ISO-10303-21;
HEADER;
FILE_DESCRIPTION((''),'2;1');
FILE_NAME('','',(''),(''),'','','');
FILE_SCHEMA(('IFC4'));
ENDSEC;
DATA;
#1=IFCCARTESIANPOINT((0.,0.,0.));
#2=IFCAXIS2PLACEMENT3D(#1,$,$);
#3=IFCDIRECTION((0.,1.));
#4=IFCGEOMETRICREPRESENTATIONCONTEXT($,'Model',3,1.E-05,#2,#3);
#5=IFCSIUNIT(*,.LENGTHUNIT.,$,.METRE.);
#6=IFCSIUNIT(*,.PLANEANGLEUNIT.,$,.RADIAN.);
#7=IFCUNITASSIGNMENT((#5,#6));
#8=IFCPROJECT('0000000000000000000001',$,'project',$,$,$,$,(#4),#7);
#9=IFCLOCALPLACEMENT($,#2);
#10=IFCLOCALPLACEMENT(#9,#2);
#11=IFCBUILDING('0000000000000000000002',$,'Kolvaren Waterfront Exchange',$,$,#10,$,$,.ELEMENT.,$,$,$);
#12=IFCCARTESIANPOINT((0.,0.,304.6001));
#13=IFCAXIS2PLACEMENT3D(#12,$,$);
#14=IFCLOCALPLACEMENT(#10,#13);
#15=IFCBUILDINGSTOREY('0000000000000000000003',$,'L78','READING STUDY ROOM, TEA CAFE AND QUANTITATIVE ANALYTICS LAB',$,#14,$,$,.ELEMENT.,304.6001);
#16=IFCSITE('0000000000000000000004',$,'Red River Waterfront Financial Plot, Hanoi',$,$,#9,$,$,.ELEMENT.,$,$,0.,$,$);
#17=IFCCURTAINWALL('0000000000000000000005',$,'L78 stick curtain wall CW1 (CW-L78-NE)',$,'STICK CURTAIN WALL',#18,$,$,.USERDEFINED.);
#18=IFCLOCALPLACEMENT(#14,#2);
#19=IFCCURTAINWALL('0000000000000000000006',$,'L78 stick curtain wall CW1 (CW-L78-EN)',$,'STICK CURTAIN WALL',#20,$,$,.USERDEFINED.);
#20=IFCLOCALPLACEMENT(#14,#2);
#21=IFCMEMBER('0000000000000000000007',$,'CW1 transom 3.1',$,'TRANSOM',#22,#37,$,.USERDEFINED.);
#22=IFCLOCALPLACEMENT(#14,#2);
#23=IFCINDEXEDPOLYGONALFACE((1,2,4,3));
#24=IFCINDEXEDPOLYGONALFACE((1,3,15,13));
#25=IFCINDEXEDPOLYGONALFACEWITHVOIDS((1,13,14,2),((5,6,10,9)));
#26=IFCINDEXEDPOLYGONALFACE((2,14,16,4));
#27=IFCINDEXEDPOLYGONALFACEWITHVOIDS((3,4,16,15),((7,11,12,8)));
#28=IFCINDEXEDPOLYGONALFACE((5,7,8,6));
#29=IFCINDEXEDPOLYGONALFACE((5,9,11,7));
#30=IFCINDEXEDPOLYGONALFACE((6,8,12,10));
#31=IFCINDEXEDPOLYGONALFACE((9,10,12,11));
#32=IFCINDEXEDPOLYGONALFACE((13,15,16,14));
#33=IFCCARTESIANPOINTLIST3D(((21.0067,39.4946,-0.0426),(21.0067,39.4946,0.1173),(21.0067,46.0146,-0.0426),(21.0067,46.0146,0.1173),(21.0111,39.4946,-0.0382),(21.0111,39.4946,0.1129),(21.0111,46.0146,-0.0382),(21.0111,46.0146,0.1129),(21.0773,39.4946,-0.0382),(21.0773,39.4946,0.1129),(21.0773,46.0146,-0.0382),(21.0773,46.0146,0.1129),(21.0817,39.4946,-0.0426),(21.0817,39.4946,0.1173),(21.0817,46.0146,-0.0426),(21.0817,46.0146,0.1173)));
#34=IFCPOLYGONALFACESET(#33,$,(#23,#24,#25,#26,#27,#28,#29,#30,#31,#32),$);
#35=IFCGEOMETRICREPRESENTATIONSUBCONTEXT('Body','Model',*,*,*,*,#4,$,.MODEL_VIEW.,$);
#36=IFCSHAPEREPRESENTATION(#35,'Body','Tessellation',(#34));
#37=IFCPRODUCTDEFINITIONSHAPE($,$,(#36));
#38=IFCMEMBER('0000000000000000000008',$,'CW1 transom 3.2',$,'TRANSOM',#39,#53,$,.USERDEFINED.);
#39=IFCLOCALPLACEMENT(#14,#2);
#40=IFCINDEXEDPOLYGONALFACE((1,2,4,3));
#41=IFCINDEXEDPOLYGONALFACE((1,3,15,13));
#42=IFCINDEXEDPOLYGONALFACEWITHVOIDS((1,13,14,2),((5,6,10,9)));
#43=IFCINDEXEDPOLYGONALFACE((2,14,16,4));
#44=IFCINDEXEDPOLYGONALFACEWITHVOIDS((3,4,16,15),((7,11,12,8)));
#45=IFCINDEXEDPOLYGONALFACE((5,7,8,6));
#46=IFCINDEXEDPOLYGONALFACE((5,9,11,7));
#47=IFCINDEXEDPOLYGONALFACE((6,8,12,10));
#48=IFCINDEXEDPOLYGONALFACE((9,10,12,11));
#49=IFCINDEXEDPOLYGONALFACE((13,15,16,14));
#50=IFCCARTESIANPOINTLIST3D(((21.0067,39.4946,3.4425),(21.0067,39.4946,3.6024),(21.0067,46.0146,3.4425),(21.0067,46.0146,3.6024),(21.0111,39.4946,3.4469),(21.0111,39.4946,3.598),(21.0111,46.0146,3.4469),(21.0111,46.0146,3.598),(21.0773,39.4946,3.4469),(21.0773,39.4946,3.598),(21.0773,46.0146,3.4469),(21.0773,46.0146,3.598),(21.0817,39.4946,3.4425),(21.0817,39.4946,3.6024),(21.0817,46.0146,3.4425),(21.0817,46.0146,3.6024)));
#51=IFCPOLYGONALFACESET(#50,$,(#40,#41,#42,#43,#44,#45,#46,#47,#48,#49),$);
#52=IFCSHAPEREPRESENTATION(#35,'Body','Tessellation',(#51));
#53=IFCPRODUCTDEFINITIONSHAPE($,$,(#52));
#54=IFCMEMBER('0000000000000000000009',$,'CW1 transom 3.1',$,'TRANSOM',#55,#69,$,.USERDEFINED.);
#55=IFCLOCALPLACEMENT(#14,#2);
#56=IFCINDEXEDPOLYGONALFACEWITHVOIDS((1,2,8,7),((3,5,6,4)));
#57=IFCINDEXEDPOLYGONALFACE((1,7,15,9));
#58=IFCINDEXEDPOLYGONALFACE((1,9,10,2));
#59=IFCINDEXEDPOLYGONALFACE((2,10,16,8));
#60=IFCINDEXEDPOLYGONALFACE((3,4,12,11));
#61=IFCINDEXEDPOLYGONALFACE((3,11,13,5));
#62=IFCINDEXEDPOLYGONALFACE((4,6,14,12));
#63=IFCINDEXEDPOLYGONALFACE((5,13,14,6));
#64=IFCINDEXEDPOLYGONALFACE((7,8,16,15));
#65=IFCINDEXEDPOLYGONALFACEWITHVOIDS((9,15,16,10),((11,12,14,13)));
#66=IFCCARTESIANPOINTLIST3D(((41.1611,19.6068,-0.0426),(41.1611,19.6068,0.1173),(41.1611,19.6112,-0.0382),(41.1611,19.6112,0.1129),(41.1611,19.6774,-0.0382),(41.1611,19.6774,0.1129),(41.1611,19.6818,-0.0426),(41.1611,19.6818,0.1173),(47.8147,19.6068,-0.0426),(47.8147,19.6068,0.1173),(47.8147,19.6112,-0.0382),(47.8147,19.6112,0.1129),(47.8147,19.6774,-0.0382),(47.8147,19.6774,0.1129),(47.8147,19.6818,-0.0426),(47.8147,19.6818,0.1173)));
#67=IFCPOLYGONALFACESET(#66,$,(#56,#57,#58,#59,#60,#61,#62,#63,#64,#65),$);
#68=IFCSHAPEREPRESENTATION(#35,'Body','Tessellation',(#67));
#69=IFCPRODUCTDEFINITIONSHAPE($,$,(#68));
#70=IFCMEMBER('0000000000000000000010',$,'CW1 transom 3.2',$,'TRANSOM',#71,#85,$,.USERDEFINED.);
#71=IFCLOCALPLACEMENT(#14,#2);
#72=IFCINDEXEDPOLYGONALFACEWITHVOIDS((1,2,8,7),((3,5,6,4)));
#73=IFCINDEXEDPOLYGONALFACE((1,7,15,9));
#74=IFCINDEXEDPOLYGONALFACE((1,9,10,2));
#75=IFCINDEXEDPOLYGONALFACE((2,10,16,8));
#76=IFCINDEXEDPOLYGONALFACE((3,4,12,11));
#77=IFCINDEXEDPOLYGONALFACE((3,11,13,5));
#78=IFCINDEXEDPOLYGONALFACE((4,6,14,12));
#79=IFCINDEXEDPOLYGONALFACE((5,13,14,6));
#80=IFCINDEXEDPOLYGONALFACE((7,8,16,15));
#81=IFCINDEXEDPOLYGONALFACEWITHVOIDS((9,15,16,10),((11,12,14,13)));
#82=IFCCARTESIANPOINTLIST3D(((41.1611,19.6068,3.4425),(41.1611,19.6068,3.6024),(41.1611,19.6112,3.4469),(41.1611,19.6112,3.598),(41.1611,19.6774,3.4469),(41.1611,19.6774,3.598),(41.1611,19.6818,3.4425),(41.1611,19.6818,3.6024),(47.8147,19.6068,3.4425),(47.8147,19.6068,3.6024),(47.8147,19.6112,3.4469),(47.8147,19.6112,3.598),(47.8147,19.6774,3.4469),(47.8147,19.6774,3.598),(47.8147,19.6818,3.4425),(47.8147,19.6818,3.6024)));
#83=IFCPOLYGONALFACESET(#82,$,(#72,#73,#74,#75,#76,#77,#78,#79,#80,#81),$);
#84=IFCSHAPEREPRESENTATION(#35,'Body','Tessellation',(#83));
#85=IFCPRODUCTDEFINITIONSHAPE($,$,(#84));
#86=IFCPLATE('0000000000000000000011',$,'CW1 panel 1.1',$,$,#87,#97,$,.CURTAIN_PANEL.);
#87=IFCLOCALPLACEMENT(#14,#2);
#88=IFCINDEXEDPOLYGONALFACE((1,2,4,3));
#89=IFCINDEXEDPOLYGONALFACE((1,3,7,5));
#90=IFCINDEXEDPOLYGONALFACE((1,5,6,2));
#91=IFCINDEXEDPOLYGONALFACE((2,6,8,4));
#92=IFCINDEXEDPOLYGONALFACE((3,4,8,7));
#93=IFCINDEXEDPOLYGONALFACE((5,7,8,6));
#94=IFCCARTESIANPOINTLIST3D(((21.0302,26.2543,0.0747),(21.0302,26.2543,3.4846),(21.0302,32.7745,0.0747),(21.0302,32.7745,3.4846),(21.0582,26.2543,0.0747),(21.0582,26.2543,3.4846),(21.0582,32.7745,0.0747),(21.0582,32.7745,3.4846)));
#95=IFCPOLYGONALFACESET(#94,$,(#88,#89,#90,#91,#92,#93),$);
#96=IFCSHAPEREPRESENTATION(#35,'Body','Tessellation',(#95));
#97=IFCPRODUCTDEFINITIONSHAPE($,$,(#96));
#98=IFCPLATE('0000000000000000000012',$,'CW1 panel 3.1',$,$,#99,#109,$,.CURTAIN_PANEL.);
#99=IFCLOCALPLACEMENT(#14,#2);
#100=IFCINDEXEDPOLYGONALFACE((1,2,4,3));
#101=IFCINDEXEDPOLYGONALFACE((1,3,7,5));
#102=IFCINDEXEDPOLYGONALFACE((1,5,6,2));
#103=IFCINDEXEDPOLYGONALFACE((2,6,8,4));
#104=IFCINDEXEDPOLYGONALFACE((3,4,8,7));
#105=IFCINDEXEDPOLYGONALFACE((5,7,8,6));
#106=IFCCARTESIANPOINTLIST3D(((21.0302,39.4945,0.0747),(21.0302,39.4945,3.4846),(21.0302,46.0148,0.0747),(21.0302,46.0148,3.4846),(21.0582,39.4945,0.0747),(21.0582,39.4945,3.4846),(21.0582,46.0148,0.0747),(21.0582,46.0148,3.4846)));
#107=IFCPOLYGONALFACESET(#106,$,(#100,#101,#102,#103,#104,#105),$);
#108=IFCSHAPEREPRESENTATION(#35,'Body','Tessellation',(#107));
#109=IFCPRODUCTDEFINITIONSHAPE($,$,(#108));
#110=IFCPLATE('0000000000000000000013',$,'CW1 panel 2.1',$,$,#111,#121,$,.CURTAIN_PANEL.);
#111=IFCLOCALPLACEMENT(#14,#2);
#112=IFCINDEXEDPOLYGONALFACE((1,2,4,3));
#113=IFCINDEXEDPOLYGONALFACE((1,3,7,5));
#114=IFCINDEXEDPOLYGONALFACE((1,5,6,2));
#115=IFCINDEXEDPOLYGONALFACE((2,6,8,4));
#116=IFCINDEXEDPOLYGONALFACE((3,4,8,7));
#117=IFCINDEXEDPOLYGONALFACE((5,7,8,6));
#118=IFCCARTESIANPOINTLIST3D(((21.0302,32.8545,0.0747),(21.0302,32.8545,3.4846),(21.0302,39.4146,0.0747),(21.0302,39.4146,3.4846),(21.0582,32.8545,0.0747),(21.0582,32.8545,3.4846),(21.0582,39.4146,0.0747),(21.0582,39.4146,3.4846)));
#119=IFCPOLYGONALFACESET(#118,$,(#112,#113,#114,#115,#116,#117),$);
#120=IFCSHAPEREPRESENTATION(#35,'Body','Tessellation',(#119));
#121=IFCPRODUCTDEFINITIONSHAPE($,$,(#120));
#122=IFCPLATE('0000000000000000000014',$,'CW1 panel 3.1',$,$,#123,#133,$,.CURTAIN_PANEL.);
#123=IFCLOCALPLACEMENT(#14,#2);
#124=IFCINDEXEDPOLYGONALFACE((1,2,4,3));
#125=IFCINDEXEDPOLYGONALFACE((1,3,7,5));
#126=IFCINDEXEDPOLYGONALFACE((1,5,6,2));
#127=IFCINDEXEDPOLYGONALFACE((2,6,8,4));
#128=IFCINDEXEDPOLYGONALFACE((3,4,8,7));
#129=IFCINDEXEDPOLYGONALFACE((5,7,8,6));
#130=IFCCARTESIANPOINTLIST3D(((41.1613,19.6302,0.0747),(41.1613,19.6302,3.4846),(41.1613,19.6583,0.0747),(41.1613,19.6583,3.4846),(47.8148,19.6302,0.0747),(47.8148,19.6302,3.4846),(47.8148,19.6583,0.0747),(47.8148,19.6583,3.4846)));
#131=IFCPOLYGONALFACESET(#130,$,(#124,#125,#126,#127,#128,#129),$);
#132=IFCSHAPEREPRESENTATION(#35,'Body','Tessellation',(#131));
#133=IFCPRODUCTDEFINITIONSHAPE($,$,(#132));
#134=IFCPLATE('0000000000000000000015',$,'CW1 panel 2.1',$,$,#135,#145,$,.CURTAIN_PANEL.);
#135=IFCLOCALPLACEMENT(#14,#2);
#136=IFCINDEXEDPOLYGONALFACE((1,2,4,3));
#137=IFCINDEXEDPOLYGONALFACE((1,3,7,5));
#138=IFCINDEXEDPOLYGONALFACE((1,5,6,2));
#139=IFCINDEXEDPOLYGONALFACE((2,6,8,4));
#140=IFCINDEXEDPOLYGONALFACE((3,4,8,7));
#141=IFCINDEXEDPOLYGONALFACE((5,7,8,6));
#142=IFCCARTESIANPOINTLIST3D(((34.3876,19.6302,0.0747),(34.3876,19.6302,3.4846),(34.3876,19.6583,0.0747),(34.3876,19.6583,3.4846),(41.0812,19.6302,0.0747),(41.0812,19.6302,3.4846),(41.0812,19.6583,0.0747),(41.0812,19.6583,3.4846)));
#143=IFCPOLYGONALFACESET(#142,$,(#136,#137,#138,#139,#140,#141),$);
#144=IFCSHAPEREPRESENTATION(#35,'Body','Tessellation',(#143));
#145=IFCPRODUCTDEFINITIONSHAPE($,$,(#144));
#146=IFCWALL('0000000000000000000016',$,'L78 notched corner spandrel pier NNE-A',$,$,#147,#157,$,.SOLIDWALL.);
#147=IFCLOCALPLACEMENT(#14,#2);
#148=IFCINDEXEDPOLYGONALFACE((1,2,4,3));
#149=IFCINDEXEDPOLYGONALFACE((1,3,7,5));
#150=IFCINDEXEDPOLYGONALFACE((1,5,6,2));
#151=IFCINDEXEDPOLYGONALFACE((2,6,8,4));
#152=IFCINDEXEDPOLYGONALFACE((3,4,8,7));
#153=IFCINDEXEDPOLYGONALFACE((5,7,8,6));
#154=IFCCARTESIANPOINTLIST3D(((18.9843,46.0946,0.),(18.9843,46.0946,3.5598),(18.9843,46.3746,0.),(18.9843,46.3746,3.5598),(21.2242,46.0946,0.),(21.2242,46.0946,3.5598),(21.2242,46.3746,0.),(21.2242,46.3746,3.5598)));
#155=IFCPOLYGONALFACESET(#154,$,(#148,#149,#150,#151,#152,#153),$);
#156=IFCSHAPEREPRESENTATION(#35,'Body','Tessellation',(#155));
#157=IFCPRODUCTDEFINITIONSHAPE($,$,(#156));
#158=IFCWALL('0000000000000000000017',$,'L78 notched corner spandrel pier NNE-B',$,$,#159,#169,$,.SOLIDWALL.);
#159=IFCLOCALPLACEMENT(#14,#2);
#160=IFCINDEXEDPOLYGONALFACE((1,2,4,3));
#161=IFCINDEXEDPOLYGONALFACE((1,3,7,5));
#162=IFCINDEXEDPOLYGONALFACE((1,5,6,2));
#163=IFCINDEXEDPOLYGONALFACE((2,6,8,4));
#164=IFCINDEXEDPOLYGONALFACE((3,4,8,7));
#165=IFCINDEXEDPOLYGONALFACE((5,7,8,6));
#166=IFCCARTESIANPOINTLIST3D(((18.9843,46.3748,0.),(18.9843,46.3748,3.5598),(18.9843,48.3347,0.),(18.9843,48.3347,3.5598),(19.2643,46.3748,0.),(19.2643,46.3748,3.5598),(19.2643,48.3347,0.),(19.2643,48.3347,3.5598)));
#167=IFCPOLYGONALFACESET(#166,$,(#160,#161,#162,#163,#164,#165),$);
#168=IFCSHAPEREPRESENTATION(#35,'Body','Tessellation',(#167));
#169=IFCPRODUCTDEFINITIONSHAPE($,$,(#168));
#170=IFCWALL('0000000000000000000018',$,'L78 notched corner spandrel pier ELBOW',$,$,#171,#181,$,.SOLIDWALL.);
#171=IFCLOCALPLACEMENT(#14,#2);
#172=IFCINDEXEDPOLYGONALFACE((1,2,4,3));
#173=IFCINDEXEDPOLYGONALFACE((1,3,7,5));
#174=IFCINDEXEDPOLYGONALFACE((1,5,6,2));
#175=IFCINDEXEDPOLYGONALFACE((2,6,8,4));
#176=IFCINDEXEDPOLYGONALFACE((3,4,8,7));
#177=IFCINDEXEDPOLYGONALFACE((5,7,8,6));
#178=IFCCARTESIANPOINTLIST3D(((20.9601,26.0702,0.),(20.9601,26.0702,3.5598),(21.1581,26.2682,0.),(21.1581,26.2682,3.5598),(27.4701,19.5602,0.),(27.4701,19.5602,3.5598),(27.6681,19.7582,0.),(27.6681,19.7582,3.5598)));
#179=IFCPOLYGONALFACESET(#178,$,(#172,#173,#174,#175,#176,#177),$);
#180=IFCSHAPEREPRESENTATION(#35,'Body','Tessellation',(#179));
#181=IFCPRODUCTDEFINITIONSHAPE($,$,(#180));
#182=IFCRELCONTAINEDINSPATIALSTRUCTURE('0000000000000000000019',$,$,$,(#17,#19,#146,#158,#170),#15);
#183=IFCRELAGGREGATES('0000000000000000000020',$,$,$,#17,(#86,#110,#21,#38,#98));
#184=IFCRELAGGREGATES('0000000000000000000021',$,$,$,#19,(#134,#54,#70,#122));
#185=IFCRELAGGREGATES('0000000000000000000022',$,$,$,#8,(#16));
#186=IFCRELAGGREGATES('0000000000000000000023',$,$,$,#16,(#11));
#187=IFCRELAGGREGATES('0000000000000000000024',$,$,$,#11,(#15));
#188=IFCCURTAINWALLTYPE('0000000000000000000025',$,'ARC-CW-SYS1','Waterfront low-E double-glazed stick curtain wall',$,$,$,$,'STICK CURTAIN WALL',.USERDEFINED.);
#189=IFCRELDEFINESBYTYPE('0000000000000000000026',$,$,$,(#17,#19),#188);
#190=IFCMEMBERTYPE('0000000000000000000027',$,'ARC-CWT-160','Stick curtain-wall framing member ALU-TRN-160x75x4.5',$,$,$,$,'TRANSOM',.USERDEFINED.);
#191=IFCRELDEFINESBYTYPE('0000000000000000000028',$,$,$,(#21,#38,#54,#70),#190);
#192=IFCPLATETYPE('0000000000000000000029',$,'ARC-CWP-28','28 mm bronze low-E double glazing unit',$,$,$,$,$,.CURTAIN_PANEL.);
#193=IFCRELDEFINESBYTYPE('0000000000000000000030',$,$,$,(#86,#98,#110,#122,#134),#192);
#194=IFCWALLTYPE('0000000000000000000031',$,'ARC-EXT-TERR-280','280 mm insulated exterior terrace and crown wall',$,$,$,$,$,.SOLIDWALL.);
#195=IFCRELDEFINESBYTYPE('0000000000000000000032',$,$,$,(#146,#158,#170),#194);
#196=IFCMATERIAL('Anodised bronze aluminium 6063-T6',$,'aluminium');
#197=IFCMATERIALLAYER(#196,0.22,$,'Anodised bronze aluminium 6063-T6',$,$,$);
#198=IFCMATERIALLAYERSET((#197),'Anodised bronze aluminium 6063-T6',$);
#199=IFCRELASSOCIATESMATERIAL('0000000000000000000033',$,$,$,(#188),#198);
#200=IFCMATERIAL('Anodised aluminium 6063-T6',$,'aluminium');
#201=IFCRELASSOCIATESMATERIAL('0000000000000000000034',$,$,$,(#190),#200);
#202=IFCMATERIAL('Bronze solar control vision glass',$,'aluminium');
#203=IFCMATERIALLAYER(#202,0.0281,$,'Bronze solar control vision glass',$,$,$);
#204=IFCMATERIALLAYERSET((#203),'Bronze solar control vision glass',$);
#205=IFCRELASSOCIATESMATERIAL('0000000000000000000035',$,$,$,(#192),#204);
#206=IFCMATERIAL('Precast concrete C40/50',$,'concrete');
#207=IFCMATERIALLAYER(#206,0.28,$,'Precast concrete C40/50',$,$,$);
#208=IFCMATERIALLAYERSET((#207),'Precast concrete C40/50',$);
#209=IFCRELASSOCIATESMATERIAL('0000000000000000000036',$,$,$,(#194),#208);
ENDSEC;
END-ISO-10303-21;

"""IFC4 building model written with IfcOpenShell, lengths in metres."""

from ifc_helpers import new_model, si_unit, direction, frame, frame_2d, origin, origin_with_axes, origin_2d, place, context, subcontext, project, spatial, rectangle, hollow_rectangle, extrude, source, transform, mapped, material, layer, layer_set, material_profile, profile_set, type_object, element, aggregate, save


model = new_model("IFC4")

# Units and contexts
model_context = context("Model", 3, precision=1e-05, world=origin(), true_north=direction((0.0, 1.0)))
body_context = subcontext(model_context, "Body", "Model", "MODEL_VIEW")
ifc_project = project(units=[si_unit("LENGTHUNIT", "METRE"), si_unit("PLANEANGLEUNIT", "RADIAN")], contexts=[model_context])

# Site, building, storey
site_placement = place(None, origin())
site = spatial("IfcSite", under=ifc_project, at=site_placement, Name="Red River Waterfront Financial Plot, Hanoi", CompositionType="ELEMENT", RefElevation=0.0)
building_placement = place(site_placement, origin())
building = spatial("IfcBuilding", under=site, at=building_placement, Name="Kolvaren Waterfront Exchange", CompositionType="ELEMENT")
storey_placement = place(building_placement, frame((0.0, 0.0, 304.6001)))
storey = spatial("IfcBuildingStorey", under=building, at=storey_placement, Name="L78", Description="READING STUDY ROOM, TEA CAFE AND QUANTITATIVE ANALYTICS LAB", CompositionType="ELEMENT", Elevation=304.6001)

# Curtain walls
ifc_material_1 = material(Name="Anodised bronze aluminium 6063-T6", Category="aluminium")
ifc_layer_1 = layer(ifc_material_1, 0.22, Name="Anodised bronze aluminium 6063-T6")
ifc_layer_set_1 = layer_set([ifc_layer_1], Name="Anodised bronze aluminium 6063-T6")
curtain_wall_type = type_object("IfcCurtainWallType", Name="ARC-CW-SYS1", Description="Waterfront low-E double-glazed stick curtain wall", ElementType="STICK CURTAIN WALL", PredefinedType="USERDEFINED", material=ifc_layer_set_1)
curtain_wall_1_placement = place(storey_placement, origin())
curtain_wall_1 = element("IfcCurtainWall", 1, at=curtain_wall_1_placement, inside=storey, type_object=curtain_wall_type, Name="L78 stick curtain wall CW1 (CW-L78-NE)", ObjectType="STICK CURTAIN WALL", PredefinedType="USERDEFINED")
ifc_material_2 = material(Name="Anodised aluminium 6063-T6", Category="aluminium")
curtain_wall_2_placement = place(storey_placement, origin())
curtain_wall_2 = element("IfcCurtainWall", 2, at=curtain_wall_2_placement, inside=storey, type_object=curtain_wall_type, Name="L78 stick curtain wall CW1 (CW-L78-EN)", ObjectType="STICK CURTAIN WALL", PredefinedType="USERDEFINED")

# Members
ifc_material_profile_1 = material_profile(ifc_material_2, hollow_rectangle(XDim=0.075, YDim=0.1599, WallThickness=0.0044, at=origin_2d()), Name="ALU-TRN-160x75x4.5")
ifc_profile_set_1 = profile_set([ifc_material_profile_1], Name="Anodised aluminium 6063-T6")
member_type_1 = type_object("IfcMemberType", Name="ARC-CWT-160", Description="Stick curtain-wall framing member ALU-TRN-160x75x4.5", ElementType="TRANSOM", PredefinedType="USERDEFINED", material=ifc_profile_set_1)
shared_shape_1 = source(origin_with_axes(), body_context, "Body", "SweptSolid", [
    extrude(hollow_rectangle(XDim=0.075, YDim=0.1599, WallThickness=0.0044, at=origin_2d()), origin(), (0.0, 0.0, 1.0), 6.52),
])
member_1_placement = place(storey_placement, frame((21.0442, 39.4946, 0.0374), z_axis=(0.0, 1.0, 0.0), x_axis=(-1.0, 0.0, 0.0)))
member_1 = element("IfcMember", 3, at=member_1_placement, type_object=member_type_1, Name="CW1 transom 3.1", ObjectType="TRANSOM", PredefinedType="USERDEFINED", context=body_context, shape_type="MappedRepresentation", body=[
    mapped(shared_shape_1, transform((0.0, 0.0, 0.0), x_axis=(1.0, 0.0, 0.0), y_axis=(0.0, 1.0, 0.0), z_axis=(0.0, 0.0, 1.0), scale=1.0)),
])
member_2_placement = place(storey_placement, frame((21.0442, 39.4946, 3.5225), z_axis=(0.0, 1.0, 0.0), x_axis=(-1.0, 0.0, 0.0)))
member_2 = element("IfcMember", 4, at=member_2_placement, type_object=member_type_1, Name="CW1 transom 3.2", ObjectType="TRANSOM", PredefinedType="USERDEFINED", context=body_context, shape_type="MappedRepresentation", body=[
    mapped(shared_shape_1, transform((0.0, 0.0, 0.0), x_axis=(1.0, 0.0, 0.0), y_axis=(0.0, 1.0, 0.0), z_axis=(0.0, 0.0, 1.0), scale=1.0)),
])
shared_shape_2 = source(origin_with_axes(), body_context, "Body", "SweptSolid", [
    extrude(hollow_rectangle(XDim=0.075, YDim=0.1599, WallThickness=0.0044, at=origin_2d()), origin(), (0.0, 0.0, 1.0), 6.6536),
])
member_3_placement = place(storey_placement, frame((41.1611, 19.6443, 0.0374), z_axis=(1.0, 0.0, 0.0), x_axis=(0.0, 1.0, 0.0)))
member_3 = element("IfcMember", 5, at=member_3_placement, type_object=member_type_1, Name="CW1 transom 3.1", ObjectType="TRANSOM", PredefinedType="USERDEFINED", context=body_context, shape_type="MappedRepresentation", body=[
    mapped(shared_shape_2, transform((0.0, 0.0, 0.0), x_axis=(1.0, 0.0, 0.0), y_axis=(0.0, 1.0, 0.0), z_axis=(0.0, 0.0, 1.0), scale=1.0)),
])
member_4_placement = place(storey_placement, frame((41.1611, 19.6443, 3.5225), z_axis=(1.0, 0.0, 0.0), x_axis=(0.0, 1.0, 0.0)))
member_4 = element("IfcMember", 6, at=member_4_placement, type_object=member_type_1, Name="CW1 transom 3.2", ObjectType="TRANSOM", PredefinedType="USERDEFINED", context=body_context, shape_type="MappedRepresentation", body=[
    mapped(shared_shape_2, transform((0.0, 0.0, 0.0), x_axis=(1.0, 0.0, 0.0), y_axis=(0.0, 1.0, 0.0), z_axis=(0.0, 0.0, 1.0), scale=1.0)),
])

# Plates
ifc_material_3 = material(Name="Bronze solar control vision glass", Category="aluminium")
ifc_layer_2 = layer(ifc_material_3, 0.0281, Name="Bronze solar control vision glass")
ifc_layer_set_2 = layer_set([ifc_layer_2], Name="Bronze solar control vision glass")
plate_type = type_object("IfcPlateType", Name="ARC-CWP-28", Description="28 mm bronze low-E double glazing unit", PredefinedType="CURTAIN_PANEL", material=ifc_layer_set_2)
shared_shape_3 = source(origin_with_axes(), body_context, "Body", "SweptSolid", [
    extrude(rectangle(XDim=6.5203, YDim=0.0281, at=origin_2d()), origin(), (0.0, 0.0, 1.0), 3.4099),
])
plate_1_placement = place(storey_placement, frame((21.0442, 29.5144, 0.0747), z_axis=(0.0, 0.0, 1.0), x_axis=(0.0, 1.0, 0.0)))
plate_1 = element("IfcPlate", 7, at=plate_1_placement, type_object=plate_type, Name="CW1 panel 1.1", PredefinedType="CURTAIN_PANEL", context=body_context, shape_type="MappedRepresentation", body=[
    mapped(shared_shape_3, transform((0.0, 0.0, 0.0), x_axis=(1.0, 0.0, 0.0), y_axis=(0.0, 1.0, 0.0), z_axis=(0.0, 0.0, 1.0), scale=1.0)),
])
plate_2_placement = place(storey_placement, frame((21.0442, 42.7546, 0.0747), z_axis=(0.0, 0.0, 1.0), x_axis=(0.0, 1.0, 0.0)))
plate_2 = element("IfcPlate", 8, at=plate_2_placement, type_object=plate_type, Name="CW1 panel 3.1", PredefinedType="CURTAIN_PANEL", context=body_context, shape_type="MappedRepresentation", body=[
    mapped(shared_shape_3, transform((0.0, 0.0, 0.0), x_axis=(1.0, 0.0, 0.0), y_axis=(0.0, 1.0, 0.0), z_axis=(0.0, 0.0, 1.0), scale=1.0)),
])
shared_shape_4 = source(origin_with_axes(), body_context, "Body", "SweptSolid", [
    extrude(rectangle(XDim=6.5601, YDim=0.0281, at=origin_2d()), origin(), (0.0, 0.0, 1.0), 3.4099),
])
plate_3_placement = place(storey_placement, frame((21.0442, 36.1345, 0.0747), z_axis=(0.0, 0.0, 1.0), x_axis=(0.0, 1.0, 0.0)))
plate_3 = element("IfcPlate", 9, at=plate_3_placement, type_object=plate_type, Name="CW1 panel 2.1", PredefinedType="CURTAIN_PANEL", context=body_context, shape_type="MappedRepresentation", body=[
    mapped(shared_shape_4, transform((0.0, 0.0, 0.0), x_axis=(1.0, 0.0, 0.0), y_axis=(0.0, 1.0, 0.0), z_axis=(0.0, 0.0, 1.0), scale=1.0)),
])
aggregate(curtain_wall_1, [plate_1, plate_3, member_1, member_2, plate_2])
shared_shape_5 = source(origin_with_axes(), body_context, "Body", "SweptSolid", [
    extrude(rectangle(XDim=6.6536, YDim=0.0281, at=origin_2d()), origin(), (0.0, 0.0, 1.0), 3.4099),
])
plate_4_placement = place(storey_placement, frame((44.488, 19.6443, 0.0747), z_axis=(0.0, 0.0, 1.0), x_axis=(1.0, 0.0, 0.0)))
plate_4 = element("IfcPlate", 10, at=plate_4_placement, type_object=plate_type, Name="CW1 panel 3.1", PredefinedType="CURTAIN_PANEL", context=body_context, shape_type="MappedRepresentation", body=[
    mapped(shared_shape_5, transform((0.0, 0.0, 0.0), x_axis=(1.0, 0.0, 0.0), y_axis=(0.0, 1.0, 0.0), z_axis=(0.0, 0.0, 1.0), scale=1.0)),
])
shared_shape_6 = source(origin_with_axes(), body_context, "Body", "SweptSolid", [
    extrude(rectangle(XDim=6.6936, YDim=0.0281, at=origin_2d()), origin(), (0.0, 0.0, 1.0), 3.4099),
])
plate_5_placement = place(storey_placement, frame((37.7344, 19.6443, 0.0747), z_axis=(0.0, 0.0, 1.0), x_axis=(1.0, 0.0, 0.0)))
plate_5 = element("IfcPlate", 11, at=plate_5_placement, type_object=plate_type, Name="CW1 panel 2.1", PredefinedType="CURTAIN_PANEL", context=body_context, shape_type="MappedRepresentation", body=[
    mapped(shared_shape_6, transform((0.0, 0.0, 0.0), x_axis=(1.0, 0.0, 0.0), y_axis=(0.0, 1.0, 0.0), z_axis=(0.0, 0.0, 1.0), scale=1.0)),
])
aggregate(curtain_wall_2, [plate_5, member_3, member_4, plate_4])

# Walls
ifc_material_4 = material(Name="Precast concrete C40/50", Category="concrete")
ifc_layer_3 = layer(ifc_material_4, 0.28, Name="Precast concrete C40/50")
ifc_layer_set_3 = layer_set([ifc_layer_3], Name="Precast concrete C40/50")
wall_type = type_object("IfcWallType", Name="ARC-EXT-TERR-280", Description="280 mm insulated exterior terrace and crown wall", PredefinedType="SOLIDWALL", material=ifc_layer_set_3)
wall_1_placement = place(storey_placement, frame((18.9841, 46.2346, 0.0), z_axis=(0.0, 0.0, 1.0), x_axis=(1.0, 0.0, 0.0)))
element("IfcWall", 12, at=wall_1_placement, inside=storey, type_object=wall_type, Name="L78 notched corner spandrel pier NNE-A", PredefinedType="SOLIDWALL", context=body_context, shape_type="SweptSolid", body=[
    extrude(rectangle(XDim=2.24, YDim=0.28, at=frame_2d((1.1201, 0.0))), origin(), (0.0, 0.0, 1.0), 3.5598),
])
wall_2_placement = place(storey_placement, frame((19.1243, 46.3748, 0.0), z_axis=(0.0, 0.0, 1.0), x_axis=(0.0, 1.0, 0.0)))
element("IfcWall", 13, at=wall_2_placement, inside=storey, type_object=wall_type, Name="L78 notched corner spandrel pier NNE-B", PredefinedType="SOLIDWALL", context=body_context, shape_type="SweptSolid", body=[
    extrude(rectangle(XDim=1.96, YDim=0.28, at=frame_2d((0.98, 0.0))), origin(), (0.0, 0.0, 1.0), 3.5598),
])
wall_3_placement = place(storey_placement, frame((27.5691, 19.6592, 0.0), z_axis=(0.0, 0.0, 1.0), x_axis=(-0.707107, 0.707107, 0.0)))
element("IfcWall", 14, at=wall_3_placement, inside=storey, type_object=wall_type, Name="L78 notched corner spandrel pier ELBOW", PredefinedType="SOLIDWALL", context=body_context, shape_type="SweptSolid", body=[
    extrude(rectangle(XDim=9.2065, YDim=0.28, at=frame_2d((4.6033, 0.0))), origin(), (0.0, 0.0, 1.0), 3.5598),
])

save(model, "model.ifc")
